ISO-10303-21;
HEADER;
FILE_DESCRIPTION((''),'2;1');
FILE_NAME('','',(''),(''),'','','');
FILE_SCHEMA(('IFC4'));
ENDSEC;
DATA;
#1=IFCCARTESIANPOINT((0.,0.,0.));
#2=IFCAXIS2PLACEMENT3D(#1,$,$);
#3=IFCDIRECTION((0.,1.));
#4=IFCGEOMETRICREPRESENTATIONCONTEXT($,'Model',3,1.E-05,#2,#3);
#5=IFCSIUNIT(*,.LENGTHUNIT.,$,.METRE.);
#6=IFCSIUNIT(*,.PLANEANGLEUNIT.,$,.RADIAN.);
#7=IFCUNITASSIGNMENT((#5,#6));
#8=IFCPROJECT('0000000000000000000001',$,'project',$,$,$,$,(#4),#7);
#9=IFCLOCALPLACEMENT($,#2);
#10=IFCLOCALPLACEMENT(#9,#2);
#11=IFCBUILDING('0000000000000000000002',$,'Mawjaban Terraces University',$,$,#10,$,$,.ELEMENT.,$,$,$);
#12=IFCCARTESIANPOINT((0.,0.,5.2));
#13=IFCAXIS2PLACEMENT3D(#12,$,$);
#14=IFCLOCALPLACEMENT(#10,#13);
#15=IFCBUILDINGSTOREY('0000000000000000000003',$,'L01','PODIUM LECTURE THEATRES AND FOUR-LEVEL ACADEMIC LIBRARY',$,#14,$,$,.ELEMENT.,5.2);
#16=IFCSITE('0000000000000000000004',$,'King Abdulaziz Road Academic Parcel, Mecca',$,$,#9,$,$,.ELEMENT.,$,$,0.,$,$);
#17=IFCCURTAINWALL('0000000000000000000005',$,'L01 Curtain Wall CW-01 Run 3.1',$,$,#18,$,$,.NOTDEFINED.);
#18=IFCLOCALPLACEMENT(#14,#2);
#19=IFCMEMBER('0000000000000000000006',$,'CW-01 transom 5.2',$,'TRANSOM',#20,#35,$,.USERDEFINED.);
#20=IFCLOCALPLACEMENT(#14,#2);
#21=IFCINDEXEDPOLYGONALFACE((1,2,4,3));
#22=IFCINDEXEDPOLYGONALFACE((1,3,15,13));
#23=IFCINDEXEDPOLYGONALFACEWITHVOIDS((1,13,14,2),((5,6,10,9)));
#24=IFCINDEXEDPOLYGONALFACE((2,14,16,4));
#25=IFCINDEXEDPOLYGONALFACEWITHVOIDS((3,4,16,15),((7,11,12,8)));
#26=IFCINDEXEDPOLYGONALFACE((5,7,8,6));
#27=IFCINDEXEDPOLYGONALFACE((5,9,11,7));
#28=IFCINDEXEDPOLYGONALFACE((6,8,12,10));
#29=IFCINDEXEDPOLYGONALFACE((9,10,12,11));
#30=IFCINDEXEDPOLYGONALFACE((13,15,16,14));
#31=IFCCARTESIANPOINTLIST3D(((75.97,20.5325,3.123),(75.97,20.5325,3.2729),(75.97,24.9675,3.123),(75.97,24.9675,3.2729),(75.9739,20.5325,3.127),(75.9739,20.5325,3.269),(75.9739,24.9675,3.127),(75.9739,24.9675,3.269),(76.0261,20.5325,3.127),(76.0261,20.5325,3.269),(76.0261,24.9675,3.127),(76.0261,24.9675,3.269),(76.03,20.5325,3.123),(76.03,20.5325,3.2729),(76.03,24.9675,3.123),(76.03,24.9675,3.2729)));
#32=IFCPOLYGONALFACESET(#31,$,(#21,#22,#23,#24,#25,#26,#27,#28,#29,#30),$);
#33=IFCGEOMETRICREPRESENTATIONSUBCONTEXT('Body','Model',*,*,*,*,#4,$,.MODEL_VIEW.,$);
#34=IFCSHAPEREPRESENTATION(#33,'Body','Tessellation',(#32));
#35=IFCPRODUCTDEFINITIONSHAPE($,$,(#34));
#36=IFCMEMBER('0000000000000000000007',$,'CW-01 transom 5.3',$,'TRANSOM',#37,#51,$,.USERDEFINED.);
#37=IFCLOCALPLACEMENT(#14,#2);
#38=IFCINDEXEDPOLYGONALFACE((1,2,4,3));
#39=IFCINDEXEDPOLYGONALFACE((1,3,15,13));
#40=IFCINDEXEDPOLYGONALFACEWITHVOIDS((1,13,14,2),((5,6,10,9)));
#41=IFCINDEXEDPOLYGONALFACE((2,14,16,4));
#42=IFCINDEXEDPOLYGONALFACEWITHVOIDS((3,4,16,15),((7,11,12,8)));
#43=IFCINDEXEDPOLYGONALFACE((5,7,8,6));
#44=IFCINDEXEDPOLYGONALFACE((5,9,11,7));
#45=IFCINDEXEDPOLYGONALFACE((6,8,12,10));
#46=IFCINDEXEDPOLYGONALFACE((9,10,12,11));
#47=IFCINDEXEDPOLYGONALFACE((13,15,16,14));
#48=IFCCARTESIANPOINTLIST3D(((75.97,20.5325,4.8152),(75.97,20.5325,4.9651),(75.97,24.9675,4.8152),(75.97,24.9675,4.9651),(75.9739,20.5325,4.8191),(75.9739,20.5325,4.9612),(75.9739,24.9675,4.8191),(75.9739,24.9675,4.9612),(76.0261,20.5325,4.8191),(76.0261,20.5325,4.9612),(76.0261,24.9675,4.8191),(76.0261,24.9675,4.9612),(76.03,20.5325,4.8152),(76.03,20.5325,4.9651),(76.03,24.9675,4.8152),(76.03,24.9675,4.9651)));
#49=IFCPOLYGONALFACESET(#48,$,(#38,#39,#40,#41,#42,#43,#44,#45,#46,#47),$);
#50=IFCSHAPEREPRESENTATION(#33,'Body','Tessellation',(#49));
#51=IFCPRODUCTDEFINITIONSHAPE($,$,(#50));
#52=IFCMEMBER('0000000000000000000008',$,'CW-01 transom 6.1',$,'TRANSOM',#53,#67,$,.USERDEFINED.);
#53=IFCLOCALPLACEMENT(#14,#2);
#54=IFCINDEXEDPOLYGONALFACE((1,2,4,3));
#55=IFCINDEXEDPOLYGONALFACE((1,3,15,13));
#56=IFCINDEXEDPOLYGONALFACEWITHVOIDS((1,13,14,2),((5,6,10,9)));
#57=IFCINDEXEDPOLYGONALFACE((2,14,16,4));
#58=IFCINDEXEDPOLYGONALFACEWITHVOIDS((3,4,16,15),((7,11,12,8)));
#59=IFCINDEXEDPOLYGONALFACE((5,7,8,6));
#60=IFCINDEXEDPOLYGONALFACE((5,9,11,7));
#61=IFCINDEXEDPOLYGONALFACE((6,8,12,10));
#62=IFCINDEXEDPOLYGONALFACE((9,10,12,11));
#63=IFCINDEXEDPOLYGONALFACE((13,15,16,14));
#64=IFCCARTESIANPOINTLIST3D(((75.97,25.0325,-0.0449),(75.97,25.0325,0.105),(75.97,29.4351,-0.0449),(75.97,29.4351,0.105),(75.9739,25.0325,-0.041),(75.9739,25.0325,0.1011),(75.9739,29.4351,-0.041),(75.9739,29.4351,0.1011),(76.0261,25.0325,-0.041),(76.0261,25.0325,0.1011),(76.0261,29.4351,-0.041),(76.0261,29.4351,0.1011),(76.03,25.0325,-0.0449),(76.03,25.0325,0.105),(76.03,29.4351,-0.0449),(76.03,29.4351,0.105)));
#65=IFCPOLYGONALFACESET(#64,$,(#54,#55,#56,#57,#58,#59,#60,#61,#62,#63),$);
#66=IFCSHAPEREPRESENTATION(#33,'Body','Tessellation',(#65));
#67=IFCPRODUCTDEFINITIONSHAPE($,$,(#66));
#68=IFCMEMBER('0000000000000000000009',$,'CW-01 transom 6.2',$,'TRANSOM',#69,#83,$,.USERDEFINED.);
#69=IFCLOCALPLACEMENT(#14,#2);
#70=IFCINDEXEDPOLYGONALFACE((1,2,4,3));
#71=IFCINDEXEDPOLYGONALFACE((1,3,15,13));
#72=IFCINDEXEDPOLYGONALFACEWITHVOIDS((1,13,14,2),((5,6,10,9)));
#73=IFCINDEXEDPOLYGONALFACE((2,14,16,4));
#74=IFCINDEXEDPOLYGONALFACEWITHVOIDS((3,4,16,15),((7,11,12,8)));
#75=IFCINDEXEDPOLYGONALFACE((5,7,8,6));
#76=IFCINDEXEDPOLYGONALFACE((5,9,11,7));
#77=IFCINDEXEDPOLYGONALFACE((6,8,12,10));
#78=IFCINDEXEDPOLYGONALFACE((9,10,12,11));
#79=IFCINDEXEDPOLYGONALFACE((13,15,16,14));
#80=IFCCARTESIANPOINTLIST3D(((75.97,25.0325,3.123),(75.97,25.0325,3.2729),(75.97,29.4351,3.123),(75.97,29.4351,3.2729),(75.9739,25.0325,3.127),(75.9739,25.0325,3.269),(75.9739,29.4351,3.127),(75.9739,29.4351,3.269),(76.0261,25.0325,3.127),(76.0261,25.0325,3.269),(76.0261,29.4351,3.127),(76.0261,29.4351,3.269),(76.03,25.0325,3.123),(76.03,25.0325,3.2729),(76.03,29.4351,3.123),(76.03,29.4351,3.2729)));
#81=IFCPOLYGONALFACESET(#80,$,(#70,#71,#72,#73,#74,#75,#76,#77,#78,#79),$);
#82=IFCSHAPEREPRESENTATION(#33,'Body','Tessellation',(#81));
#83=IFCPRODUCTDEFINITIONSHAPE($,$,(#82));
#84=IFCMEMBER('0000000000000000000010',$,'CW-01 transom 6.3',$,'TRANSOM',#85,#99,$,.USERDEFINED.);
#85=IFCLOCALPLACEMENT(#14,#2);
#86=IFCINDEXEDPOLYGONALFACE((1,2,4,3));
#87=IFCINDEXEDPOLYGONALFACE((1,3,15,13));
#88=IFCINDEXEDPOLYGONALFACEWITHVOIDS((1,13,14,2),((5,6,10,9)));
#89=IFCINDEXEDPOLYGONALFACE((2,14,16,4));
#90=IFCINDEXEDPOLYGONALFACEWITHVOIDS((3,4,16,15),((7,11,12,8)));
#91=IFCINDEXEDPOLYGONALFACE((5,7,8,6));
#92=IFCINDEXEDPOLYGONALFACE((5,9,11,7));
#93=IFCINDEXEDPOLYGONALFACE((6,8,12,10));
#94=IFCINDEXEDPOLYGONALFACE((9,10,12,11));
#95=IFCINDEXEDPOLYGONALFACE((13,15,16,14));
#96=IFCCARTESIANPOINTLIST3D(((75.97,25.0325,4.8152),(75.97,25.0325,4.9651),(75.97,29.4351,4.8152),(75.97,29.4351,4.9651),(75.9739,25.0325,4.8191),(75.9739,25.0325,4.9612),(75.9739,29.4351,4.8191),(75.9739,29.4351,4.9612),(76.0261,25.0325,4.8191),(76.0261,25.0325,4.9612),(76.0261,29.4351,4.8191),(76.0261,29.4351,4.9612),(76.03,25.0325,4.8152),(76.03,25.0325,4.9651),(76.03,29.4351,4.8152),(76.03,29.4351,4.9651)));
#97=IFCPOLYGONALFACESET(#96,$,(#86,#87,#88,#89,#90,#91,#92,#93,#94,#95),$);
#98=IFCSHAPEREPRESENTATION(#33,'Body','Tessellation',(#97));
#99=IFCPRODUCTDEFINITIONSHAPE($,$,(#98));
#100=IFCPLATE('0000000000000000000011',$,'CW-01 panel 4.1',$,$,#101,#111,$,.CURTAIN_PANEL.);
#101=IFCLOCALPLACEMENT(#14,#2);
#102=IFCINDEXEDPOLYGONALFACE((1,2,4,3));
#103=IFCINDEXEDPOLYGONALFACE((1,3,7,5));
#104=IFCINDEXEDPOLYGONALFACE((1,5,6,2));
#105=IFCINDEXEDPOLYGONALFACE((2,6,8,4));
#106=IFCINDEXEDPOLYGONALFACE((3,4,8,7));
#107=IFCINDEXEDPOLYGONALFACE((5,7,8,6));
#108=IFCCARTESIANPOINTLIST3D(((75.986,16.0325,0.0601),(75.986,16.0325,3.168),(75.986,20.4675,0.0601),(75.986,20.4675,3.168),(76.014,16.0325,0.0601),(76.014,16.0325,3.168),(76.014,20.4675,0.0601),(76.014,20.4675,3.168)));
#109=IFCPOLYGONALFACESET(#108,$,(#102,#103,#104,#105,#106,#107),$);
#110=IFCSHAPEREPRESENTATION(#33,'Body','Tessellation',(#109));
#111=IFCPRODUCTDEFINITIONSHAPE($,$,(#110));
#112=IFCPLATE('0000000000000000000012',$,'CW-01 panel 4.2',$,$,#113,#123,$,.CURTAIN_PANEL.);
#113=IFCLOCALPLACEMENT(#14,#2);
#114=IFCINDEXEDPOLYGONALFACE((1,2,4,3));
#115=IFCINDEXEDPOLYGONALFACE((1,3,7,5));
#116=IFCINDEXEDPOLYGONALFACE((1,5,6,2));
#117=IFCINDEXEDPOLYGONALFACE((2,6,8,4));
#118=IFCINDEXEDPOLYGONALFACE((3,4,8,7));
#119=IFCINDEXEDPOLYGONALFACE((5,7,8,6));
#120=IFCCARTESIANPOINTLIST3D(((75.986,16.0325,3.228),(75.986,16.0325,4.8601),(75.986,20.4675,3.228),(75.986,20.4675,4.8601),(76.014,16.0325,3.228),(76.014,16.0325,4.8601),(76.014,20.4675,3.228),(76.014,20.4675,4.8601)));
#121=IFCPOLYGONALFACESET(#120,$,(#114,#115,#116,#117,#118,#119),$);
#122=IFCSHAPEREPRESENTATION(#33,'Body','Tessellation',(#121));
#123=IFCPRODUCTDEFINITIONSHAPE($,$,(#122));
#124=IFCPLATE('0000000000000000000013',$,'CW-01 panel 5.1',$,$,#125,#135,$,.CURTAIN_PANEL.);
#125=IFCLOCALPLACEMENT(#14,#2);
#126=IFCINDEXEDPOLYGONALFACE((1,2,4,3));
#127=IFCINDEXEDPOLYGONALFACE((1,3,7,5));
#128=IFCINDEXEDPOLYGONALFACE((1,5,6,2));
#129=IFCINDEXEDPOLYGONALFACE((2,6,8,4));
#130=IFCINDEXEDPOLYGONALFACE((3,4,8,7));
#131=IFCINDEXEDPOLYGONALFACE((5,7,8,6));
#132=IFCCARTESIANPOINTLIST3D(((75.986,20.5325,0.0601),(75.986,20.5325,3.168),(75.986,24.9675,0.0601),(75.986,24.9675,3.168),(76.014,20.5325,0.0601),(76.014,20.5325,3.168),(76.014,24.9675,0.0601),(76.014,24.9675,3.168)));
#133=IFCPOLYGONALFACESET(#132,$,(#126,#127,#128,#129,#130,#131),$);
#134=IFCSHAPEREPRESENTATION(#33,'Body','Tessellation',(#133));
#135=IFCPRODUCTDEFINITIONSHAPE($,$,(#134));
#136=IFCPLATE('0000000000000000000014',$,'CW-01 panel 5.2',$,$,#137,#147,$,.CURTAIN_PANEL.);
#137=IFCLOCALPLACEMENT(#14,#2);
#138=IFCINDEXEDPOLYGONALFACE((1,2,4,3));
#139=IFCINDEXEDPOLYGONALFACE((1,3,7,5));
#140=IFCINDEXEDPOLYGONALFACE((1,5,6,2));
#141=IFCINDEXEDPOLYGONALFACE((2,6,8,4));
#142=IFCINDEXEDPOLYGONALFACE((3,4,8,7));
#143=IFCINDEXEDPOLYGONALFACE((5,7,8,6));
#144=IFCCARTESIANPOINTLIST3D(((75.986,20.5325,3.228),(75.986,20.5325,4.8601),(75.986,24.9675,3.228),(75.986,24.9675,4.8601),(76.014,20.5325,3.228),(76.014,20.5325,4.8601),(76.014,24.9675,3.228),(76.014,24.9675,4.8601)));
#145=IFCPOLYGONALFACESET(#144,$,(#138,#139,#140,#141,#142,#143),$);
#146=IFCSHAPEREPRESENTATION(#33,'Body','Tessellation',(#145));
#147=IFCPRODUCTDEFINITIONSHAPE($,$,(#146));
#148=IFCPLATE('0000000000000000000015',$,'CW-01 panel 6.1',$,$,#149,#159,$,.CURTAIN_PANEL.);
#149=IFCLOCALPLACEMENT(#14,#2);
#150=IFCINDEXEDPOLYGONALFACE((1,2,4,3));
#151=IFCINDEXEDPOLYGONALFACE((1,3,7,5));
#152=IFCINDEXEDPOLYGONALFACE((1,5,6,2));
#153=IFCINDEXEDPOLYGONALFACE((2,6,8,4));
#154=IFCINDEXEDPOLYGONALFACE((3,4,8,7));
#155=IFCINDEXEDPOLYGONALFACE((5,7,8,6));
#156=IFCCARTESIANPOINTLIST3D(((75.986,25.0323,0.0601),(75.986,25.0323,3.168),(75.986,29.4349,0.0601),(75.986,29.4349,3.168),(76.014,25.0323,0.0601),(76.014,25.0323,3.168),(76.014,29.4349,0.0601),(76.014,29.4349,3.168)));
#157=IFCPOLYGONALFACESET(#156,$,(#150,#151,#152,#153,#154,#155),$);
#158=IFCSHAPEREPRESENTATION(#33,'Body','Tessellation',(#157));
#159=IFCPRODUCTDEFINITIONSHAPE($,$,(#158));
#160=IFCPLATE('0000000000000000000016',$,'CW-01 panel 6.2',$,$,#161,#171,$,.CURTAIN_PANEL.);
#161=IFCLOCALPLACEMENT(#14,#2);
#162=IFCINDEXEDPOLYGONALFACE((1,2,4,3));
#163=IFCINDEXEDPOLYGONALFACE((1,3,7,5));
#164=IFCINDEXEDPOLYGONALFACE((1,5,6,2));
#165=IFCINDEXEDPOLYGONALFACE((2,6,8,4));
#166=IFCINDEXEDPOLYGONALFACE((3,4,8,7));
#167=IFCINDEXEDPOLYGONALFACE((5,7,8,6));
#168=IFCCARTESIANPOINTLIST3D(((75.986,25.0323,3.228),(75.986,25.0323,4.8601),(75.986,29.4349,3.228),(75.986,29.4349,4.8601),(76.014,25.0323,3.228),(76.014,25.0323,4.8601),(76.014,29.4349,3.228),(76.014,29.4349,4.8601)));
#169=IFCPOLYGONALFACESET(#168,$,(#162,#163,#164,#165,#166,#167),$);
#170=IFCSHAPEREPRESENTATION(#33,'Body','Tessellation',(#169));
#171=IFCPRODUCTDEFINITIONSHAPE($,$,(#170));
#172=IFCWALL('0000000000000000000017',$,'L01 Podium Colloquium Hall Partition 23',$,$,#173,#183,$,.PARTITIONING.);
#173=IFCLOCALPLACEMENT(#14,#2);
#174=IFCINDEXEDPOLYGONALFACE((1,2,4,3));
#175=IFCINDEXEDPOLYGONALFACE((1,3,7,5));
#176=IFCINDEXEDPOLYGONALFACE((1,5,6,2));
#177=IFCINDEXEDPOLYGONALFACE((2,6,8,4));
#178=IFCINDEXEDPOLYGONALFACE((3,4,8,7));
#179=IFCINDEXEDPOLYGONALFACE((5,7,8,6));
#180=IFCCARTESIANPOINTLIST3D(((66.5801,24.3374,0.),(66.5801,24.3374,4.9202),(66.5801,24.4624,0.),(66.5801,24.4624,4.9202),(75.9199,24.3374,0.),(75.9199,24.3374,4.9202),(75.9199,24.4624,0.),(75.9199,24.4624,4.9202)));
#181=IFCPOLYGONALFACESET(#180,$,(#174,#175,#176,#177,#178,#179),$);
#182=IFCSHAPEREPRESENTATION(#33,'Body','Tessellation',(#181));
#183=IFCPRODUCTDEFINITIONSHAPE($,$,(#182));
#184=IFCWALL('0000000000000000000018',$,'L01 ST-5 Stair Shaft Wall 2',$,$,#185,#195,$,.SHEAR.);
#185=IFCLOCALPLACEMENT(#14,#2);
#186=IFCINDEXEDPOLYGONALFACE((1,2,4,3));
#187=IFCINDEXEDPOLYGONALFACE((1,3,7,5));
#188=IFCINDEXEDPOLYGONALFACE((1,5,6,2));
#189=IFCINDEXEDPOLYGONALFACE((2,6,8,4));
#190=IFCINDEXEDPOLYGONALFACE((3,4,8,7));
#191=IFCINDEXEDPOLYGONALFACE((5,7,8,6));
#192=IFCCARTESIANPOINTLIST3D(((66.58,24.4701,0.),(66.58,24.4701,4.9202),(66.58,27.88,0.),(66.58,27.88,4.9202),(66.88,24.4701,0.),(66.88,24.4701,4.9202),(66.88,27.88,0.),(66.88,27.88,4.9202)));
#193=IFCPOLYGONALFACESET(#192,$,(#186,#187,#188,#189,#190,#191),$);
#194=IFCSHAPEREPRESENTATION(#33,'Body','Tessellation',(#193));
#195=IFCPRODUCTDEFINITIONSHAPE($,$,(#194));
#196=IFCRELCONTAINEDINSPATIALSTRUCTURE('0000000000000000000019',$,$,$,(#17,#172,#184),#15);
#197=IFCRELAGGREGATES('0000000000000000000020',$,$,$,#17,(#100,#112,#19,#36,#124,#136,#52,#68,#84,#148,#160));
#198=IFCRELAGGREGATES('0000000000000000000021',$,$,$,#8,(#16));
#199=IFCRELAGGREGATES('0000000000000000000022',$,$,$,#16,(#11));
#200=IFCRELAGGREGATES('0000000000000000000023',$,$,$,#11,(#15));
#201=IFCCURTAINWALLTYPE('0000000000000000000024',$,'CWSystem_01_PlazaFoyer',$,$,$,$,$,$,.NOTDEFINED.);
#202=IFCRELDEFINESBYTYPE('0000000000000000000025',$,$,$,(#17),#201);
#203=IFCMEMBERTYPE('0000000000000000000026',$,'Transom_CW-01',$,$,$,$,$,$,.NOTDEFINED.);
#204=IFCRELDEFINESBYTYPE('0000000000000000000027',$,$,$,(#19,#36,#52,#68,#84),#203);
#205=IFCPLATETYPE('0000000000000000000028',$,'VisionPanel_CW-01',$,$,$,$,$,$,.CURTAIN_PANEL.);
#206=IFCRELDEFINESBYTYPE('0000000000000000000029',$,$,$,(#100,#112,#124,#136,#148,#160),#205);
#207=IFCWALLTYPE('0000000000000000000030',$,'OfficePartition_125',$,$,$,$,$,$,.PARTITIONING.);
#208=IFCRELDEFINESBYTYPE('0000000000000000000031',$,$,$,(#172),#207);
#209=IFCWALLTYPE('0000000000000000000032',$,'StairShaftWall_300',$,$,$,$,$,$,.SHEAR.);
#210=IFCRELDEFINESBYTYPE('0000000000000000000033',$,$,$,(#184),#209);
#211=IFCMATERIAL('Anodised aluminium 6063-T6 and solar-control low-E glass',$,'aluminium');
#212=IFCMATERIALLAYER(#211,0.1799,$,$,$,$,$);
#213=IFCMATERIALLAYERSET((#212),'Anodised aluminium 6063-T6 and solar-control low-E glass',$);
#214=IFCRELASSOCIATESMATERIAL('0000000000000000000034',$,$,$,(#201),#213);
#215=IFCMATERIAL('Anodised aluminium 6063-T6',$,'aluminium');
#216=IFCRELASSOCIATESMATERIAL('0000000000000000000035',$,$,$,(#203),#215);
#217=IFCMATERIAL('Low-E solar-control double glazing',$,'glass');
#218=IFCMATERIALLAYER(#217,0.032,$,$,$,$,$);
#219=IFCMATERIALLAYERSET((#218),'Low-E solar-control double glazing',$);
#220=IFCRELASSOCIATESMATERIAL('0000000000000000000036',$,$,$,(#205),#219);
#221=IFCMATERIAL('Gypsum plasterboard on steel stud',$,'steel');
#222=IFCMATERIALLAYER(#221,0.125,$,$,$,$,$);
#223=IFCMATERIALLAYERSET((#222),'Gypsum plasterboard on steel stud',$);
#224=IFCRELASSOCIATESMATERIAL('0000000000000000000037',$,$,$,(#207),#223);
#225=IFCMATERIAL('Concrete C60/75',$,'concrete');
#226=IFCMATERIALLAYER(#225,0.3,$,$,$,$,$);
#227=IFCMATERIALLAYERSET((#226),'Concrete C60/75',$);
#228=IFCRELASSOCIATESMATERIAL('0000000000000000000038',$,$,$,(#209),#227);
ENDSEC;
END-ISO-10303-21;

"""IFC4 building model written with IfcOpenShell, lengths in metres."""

from ifc_helpers import new_model, si_unit, direction, frame, frame_2d, origin, origin_2d, place, context, subcontext, project, spatial, rectangle, hollow_rectangle, extrude, material, layer, layer_set, material_profile, profile_set, type_object, element, aggregate, save


model = new_model("IFC4")

# Units and contexts
model_context = context("Model", 3, precision=1e-05, world=origin(), true_north=direction((0.0, 1.0)))
body_context = subcontext(model_context, "Body", "Model", "MODEL_VIEW")
ifc_project = project(units=[si_unit("LENGTHUNIT", "METRE"), si_unit("PLANEANGLEUNIT", "RADIAN")], contexts=[model_context])

# Site, building, storey
site_placement = place(None, origin())
site = spatial("IfcSite", under=ifc_project, at=site_placement, Name="King Abdulaziz Road Academic Parcel, Mecca", CompositionType="ELEMENT", RefElevation=0.0)
building_placement = place(site_placement, origin())
building = spatial("IfcBuilding", under=site, at=building_placement, Name="Mawjaban Terraces University", CompositionType="ELEMENT")
storey_placement = place(building_placement, frame((0.0, 0.0, 5.2)))
storey = spatial("IfcBuildingStorey", under=building, at=storey_placement, Name="L01", Description="PODIUM LECTURE THEATRES AND FOUR-LEVEL ACADEMIC LIBRARY", CompositionType="ELEMENT", Elevation=5.2)

# Curtain wall, members, plates
ifc_material_1 = material(Name="Anodised aluminium 6063-T6 and solar-control low-E glass", Category="aluminium")
ifc_layer_1 = layer(ifc_material_1, 0.1799)
ifc_layer_set_1 = layer_set([ifc_layer_1], Name="Anodised aluminium 6063-T6 and solar-control low-E glass")
curtain_wall_type = type_object("IfcCurtainWallType", Name="CWSystem_01_PlazaFoyer", PredefinedType="NOTDEFINED", material=ifc_layer_set_1)
curtain_wall_placement = place(storey_placement, origin())
curtain_wall = element("IfcCurtainWall", 1, at=curtain_wall_placement, inside=storey, type_object=curtain_wall_type, Name="L01 Curtain Wall CW-01 Run 3.1", PredefinedType="NOTDEFINED")
ifc_material_2 = material(Name="Anodised aluminium 6063-T6", Category="aluminium")
ifc_material_profile_1 = material_profile(ifc_material_2, hollow_rectangle(XDim=0.0601, YDim=0.1499, WallThickness=0.0039, at=origin_2d()), Name="ALU150X60X4")
ifc_profile_set_1 = profile_set([ifc_material_profile_1], Name="Anodised aluminium 6063-T6")
member_type_1 = type_object("IfcMemberType", Name="Transom_CW-01", PredefinedType="NOTDEFINED", material=ifc_profile_set_1)
member_1_placement = place(storey_placement, frame((76.0, 20.5325, 3.198), z_axis=(0.0, 1.0, 0.0), x_axis=(-1.0, 0.0, 0.0)))
member_1 = element("IfcMember", 2, at=member_1_placement, type_object=member_type_1, Name="CW-01 transom 5.2", ObjectType="TRANSOM", PredefinedType="USERDEFINED", context=body_context, shape_type="SweptSolid", body=[
    extrude(hollow_rectangle(XDim=0.0601, YDim=0.1499, WallThickness=0.0039, at=origin_2d()), origin(), (0.0, 0.0, 1.0), 4.4351),
])
member_2_placement = place(storey_placement, frame((76.0, 20.5325, 4.8901), z_axis=(0.0, 1.0, 0.0), x_axis=(-1.0, 0.0, 0.0)))
member_2 = element("IfcMember", 3, at=member_2_placement, type_object=member_type_1, Name="CW-01 transom 5.3", ObjectType="TRANSOM", PredefinedType="USERDEFINED", context=body_context, shape_type="SweptSolid", body=[
    extrude(hollow_rectangle(XDim=0.0601, YDim=0.1499, WallThickness=0.0039, at=origin_2d()), origin(), (0.0, 0.0, 1.0), 4.4351),
])
member_3_placement = place(storey_placement, frame((76.0, 25.0325, 0.03), z_axis=(0.0, 1.0, 0.0), x_axis=(-1.0, 0.0, 0.0)))
member_3 = element("IfcMember", 4, at=member_3_placement, type_object=member_type_1, Name="CW-01 transom 6.1", ObjectType="TRANSOM", PredefinedType="USERDEFINED", context=body_context, shape_type="SweptSolid", body=[
    extrude(hollow_rectangle(XDim=0.0601, YDim=0.1499, WallThickness=0.0039, at=origin_2d()), origin(), (0.0, 0.0, 1.0), 4.4026),
])
member_4_placement = place(storey_placement, frame((76.0, 25.0325, 3.198), z_axis=(0.0, 1.0, 0.0), x_axis=(-1.0, 0.0, 0.0)))
member_4 = element("IfcMember", 5, at=member_4_placement, type_object=member_type_1, Name="CW-01 transom 6.2", ObjectType="TRANSOM", PredefinedType="USERDEFINED", context=body_context, shape_type="SweptSolid", body=[
    extrude(hollow_rectangle(XDim=0.0601, YDim=0.1499, WallThickness=0.0039, at=origin_2d()), origin(), (0.0, 0.0, 1.0), 4.4026),
])
member_5_placement = place(storey_placement, frame((76.0, 25.0325, 4.8901), z_axis=(0.0, 1.0, 0.0), x_axis=(-1.0, 0.0, 0.0)))
member_5 = element("IfcMember", 6, at=member_5_placement, type_object=member_type_1, Name="CW-01 transom 6.3", ObjectType="TRANSOM", PredefinedType="USERDEFINED", context=body_context, shape_type="SweptSolid", body=[
    extrude(hollow_rectangle(XDim=0.0601, YDim=0.1499, WallThickness=0.0039, at=origin_2d()), origin(), (0.0, 0.0, 1.0), 4.4026),
])
ifc_material_3 = material(Name="Low-E solar-control double glazing", Category="glass")
ifc_layer_2 = layer(ifc_material_3, 0.032)
ifc_layer_set_2 = layer_set([ifc_layer_2], Name="Low-E solar-control double glazing")
plate_type = type_object("IfcPlateType", Name="VisionPanel_CW-01", PredefinedType="CURTAIN_PANEL", material=ifc_layer_set_2)
plate_1_placement = place(storey_placement, frame((76.0, 18.25, 0.0601), z_axis=(0.0, 0.0, 1.0), x_axis=(0.0, 1.0, 0.0)))
plate_1 = element("IfcPlate", 7, at=plate_1_placement, type_object=plate_type, Name="CW-01 panel 4.1", PredefinedType="CURTAIN_PANEL", context=body_context, shape_type="SweptSolid", body=[
    extrude(rectangle(XDim=4.4351, YDim=0.0281, at=origin_2d()), origin(), (0.0, 0.0, 1.0), 3.1079),
])
plate_2_placement = place(storey_placement, frame((76.0, 18.25, 3.228), z_axis=(0.0, 0.0, 1.0), x_axis=(0.0, 1.0, 0.0)))
plate_2 = element("IfcPlate", 8, at=plate_2_placement, type_object=plate_type, Name="CW-01 panel 4.2", PredefinedType="CURTAIN_PANEL", context=body_context, shape_type="SweptSolid", body=[
    extrude(rectangle(XDim=4.4351, YDim=0.0281, at=origin_2d()), origin(), (0.0, 0.0, 1.0), 1.6321),
])
plate_3_placement = place(storey_placement, frame((76.0, 22.75, 0.0601), z_axis=(0.0, 0.0, 1.0), x_axis=(0.0, 1.0, 0.0)))
plate_3 = element("IfcPlate", 9, at=plate_3_placement, type_object=plate_type, Name="CW-01 panel 5.1", PredefinedType="CURTAIN_PANEL", context=body_context, shape_type="SweptSolid", body=[
    extrude(rectangle(XDim=4.4351, YDim=0.0281, at=origin_2d()), origin(), (0.0, 0.0, 1.0), 3.1079),
])
plate_4_placement = place(storey_placement, frame((76.0, 22.75, 3.228), z_axis=(0.0, 0.0, 1.0), x_axis=(0.0, 1.0, 0.0)))
plate_4 = element("IfcPlate", 10, at=plate_4_placement, type_object=plate_type, Name="CW-01 panel 5.2", PredefinedType="CURTAIN_PANEL", context=body_context, shape_type="SweptSolid", body=[
    extrude(rectangle(XDim=4.4351, YDim=0.0281, at=origin_2d()), origin(), (0.0, 0.0, 1.0), 1.6321),
])
plate_5_placement = place(storey_placement, frame((76.0, 27.2336, 0.0601), z_axis=(0.0, 0.0, 1.0), x_axis=(0.0, 1.0, 0.0)))
plate_5 = element("IfcPlate", 11, at=plate_5_placement, type_object=plate_type, Name="CW-01 panel 6.1", PredefinedType="CURTAIN_PANEL", context=body_context, shape_type="SweptSolid", body=[
    extrude(rectangle(XDim=4.4026, YDim=0.0281, at=origin_2d()), origin(), (0.0, 0.0, 1.0), 3.1079),
])
plate_6_placement = place(storey_placement, frame((76.0, 27.2336, 3.228), z_axis=(0.0, 0.0, 1.0), x_axis=(0.0, 1.0, 0.0)))
plate_6 = element("IfcPlate", 12, at=plate_6_placement, type_object=plate_type, Name="CW-01 panel 6.2", PredefinedType="CURTAIN_PANEL", context=body_context, shape_type="SweptSolid", body=[
    extrude(rectangle(XDim=4.4026, YDim=0.0281, at=origin_2d()), origin(), (0.0, 0.0, 1.0), 1.6321),
])
aggregate(curtain_wall, [plate_1, plate_2, member_1, member_2, plate_3, plate_4, member_3, member_4, member_5, plate_5, plate_6])

# Walls
ifc_material_4 = material(Name="Gypsum plasterboard on steel stud", Category="steel")
ifc_layer_3 = layer(ifc_material_4, 0.125)
ifc_layer_set_3 = layer_set([ifc_layer_3], Name="Gypsum plasterboard on steel stud")
wall_type_1 = type_object("IfcWallType", Name="OfficePartition_125", PredefinedType="PARTITIONING", material=ifc_layer_set_3)
wall_1_placement = place(storey_placement, frame((75.9199, 24.3999, 0.0), z_axis=(0.0, 0.0, 1.0), x_axis=(-1.0, 0.0, 0.0)))
element("IfcWall", 13, at=wall_1_placement, inside=storey, type_object=wall_type_1, Name="L01 Podium Colloquium Hall Partition 23", PredefinedType="PARTITIONING", context=body_context, shape_type="SweptSolid", body=[
    extrude(rectangle(XDim=9.3398, YDim=0.125, at=frame_2d((4.6699, 0.0))), origin(), (0.0, 0.0, 1.0), 4.9202),
])
ifc_material_5 = material(Name="Concrete C60/75", Category="concrete")
ifc_layer_4 = layer(ifc_material_5, 0.3)
ifc_layer_set_4 = layer_set([ifc_layer_4], Name="Concrete C60/75")
wall_type_2 = type_object("IfcWallType", Name="StairShaftWall_300", PredefinedType="SHEAR", material=ifc_layer_set_4)
wall_2_placement = place(storey_placement, frame((66.73, 24.47, 0.0), z_axis=(0.0, 0.0, 1.0), x_axis=(0.0, 1.0, 0.0)))
element("IfcWall", 14, at=wall_2_placement, inside=storey, type_object=wall_type_2, Name="L01 ST-5 Stair Shaft Wall 2", PredefinedType="SHEAR", context=body_context, shape_type="SweptSolid", body=[
    extrude(rectangle(XDim=3.4099, YDim=0.3, at=frame_2d((1.7051, 0.0))), origin(), (0.0, 0.0, 1.0), 4.9202),
])

save(model, "model.ifc")
